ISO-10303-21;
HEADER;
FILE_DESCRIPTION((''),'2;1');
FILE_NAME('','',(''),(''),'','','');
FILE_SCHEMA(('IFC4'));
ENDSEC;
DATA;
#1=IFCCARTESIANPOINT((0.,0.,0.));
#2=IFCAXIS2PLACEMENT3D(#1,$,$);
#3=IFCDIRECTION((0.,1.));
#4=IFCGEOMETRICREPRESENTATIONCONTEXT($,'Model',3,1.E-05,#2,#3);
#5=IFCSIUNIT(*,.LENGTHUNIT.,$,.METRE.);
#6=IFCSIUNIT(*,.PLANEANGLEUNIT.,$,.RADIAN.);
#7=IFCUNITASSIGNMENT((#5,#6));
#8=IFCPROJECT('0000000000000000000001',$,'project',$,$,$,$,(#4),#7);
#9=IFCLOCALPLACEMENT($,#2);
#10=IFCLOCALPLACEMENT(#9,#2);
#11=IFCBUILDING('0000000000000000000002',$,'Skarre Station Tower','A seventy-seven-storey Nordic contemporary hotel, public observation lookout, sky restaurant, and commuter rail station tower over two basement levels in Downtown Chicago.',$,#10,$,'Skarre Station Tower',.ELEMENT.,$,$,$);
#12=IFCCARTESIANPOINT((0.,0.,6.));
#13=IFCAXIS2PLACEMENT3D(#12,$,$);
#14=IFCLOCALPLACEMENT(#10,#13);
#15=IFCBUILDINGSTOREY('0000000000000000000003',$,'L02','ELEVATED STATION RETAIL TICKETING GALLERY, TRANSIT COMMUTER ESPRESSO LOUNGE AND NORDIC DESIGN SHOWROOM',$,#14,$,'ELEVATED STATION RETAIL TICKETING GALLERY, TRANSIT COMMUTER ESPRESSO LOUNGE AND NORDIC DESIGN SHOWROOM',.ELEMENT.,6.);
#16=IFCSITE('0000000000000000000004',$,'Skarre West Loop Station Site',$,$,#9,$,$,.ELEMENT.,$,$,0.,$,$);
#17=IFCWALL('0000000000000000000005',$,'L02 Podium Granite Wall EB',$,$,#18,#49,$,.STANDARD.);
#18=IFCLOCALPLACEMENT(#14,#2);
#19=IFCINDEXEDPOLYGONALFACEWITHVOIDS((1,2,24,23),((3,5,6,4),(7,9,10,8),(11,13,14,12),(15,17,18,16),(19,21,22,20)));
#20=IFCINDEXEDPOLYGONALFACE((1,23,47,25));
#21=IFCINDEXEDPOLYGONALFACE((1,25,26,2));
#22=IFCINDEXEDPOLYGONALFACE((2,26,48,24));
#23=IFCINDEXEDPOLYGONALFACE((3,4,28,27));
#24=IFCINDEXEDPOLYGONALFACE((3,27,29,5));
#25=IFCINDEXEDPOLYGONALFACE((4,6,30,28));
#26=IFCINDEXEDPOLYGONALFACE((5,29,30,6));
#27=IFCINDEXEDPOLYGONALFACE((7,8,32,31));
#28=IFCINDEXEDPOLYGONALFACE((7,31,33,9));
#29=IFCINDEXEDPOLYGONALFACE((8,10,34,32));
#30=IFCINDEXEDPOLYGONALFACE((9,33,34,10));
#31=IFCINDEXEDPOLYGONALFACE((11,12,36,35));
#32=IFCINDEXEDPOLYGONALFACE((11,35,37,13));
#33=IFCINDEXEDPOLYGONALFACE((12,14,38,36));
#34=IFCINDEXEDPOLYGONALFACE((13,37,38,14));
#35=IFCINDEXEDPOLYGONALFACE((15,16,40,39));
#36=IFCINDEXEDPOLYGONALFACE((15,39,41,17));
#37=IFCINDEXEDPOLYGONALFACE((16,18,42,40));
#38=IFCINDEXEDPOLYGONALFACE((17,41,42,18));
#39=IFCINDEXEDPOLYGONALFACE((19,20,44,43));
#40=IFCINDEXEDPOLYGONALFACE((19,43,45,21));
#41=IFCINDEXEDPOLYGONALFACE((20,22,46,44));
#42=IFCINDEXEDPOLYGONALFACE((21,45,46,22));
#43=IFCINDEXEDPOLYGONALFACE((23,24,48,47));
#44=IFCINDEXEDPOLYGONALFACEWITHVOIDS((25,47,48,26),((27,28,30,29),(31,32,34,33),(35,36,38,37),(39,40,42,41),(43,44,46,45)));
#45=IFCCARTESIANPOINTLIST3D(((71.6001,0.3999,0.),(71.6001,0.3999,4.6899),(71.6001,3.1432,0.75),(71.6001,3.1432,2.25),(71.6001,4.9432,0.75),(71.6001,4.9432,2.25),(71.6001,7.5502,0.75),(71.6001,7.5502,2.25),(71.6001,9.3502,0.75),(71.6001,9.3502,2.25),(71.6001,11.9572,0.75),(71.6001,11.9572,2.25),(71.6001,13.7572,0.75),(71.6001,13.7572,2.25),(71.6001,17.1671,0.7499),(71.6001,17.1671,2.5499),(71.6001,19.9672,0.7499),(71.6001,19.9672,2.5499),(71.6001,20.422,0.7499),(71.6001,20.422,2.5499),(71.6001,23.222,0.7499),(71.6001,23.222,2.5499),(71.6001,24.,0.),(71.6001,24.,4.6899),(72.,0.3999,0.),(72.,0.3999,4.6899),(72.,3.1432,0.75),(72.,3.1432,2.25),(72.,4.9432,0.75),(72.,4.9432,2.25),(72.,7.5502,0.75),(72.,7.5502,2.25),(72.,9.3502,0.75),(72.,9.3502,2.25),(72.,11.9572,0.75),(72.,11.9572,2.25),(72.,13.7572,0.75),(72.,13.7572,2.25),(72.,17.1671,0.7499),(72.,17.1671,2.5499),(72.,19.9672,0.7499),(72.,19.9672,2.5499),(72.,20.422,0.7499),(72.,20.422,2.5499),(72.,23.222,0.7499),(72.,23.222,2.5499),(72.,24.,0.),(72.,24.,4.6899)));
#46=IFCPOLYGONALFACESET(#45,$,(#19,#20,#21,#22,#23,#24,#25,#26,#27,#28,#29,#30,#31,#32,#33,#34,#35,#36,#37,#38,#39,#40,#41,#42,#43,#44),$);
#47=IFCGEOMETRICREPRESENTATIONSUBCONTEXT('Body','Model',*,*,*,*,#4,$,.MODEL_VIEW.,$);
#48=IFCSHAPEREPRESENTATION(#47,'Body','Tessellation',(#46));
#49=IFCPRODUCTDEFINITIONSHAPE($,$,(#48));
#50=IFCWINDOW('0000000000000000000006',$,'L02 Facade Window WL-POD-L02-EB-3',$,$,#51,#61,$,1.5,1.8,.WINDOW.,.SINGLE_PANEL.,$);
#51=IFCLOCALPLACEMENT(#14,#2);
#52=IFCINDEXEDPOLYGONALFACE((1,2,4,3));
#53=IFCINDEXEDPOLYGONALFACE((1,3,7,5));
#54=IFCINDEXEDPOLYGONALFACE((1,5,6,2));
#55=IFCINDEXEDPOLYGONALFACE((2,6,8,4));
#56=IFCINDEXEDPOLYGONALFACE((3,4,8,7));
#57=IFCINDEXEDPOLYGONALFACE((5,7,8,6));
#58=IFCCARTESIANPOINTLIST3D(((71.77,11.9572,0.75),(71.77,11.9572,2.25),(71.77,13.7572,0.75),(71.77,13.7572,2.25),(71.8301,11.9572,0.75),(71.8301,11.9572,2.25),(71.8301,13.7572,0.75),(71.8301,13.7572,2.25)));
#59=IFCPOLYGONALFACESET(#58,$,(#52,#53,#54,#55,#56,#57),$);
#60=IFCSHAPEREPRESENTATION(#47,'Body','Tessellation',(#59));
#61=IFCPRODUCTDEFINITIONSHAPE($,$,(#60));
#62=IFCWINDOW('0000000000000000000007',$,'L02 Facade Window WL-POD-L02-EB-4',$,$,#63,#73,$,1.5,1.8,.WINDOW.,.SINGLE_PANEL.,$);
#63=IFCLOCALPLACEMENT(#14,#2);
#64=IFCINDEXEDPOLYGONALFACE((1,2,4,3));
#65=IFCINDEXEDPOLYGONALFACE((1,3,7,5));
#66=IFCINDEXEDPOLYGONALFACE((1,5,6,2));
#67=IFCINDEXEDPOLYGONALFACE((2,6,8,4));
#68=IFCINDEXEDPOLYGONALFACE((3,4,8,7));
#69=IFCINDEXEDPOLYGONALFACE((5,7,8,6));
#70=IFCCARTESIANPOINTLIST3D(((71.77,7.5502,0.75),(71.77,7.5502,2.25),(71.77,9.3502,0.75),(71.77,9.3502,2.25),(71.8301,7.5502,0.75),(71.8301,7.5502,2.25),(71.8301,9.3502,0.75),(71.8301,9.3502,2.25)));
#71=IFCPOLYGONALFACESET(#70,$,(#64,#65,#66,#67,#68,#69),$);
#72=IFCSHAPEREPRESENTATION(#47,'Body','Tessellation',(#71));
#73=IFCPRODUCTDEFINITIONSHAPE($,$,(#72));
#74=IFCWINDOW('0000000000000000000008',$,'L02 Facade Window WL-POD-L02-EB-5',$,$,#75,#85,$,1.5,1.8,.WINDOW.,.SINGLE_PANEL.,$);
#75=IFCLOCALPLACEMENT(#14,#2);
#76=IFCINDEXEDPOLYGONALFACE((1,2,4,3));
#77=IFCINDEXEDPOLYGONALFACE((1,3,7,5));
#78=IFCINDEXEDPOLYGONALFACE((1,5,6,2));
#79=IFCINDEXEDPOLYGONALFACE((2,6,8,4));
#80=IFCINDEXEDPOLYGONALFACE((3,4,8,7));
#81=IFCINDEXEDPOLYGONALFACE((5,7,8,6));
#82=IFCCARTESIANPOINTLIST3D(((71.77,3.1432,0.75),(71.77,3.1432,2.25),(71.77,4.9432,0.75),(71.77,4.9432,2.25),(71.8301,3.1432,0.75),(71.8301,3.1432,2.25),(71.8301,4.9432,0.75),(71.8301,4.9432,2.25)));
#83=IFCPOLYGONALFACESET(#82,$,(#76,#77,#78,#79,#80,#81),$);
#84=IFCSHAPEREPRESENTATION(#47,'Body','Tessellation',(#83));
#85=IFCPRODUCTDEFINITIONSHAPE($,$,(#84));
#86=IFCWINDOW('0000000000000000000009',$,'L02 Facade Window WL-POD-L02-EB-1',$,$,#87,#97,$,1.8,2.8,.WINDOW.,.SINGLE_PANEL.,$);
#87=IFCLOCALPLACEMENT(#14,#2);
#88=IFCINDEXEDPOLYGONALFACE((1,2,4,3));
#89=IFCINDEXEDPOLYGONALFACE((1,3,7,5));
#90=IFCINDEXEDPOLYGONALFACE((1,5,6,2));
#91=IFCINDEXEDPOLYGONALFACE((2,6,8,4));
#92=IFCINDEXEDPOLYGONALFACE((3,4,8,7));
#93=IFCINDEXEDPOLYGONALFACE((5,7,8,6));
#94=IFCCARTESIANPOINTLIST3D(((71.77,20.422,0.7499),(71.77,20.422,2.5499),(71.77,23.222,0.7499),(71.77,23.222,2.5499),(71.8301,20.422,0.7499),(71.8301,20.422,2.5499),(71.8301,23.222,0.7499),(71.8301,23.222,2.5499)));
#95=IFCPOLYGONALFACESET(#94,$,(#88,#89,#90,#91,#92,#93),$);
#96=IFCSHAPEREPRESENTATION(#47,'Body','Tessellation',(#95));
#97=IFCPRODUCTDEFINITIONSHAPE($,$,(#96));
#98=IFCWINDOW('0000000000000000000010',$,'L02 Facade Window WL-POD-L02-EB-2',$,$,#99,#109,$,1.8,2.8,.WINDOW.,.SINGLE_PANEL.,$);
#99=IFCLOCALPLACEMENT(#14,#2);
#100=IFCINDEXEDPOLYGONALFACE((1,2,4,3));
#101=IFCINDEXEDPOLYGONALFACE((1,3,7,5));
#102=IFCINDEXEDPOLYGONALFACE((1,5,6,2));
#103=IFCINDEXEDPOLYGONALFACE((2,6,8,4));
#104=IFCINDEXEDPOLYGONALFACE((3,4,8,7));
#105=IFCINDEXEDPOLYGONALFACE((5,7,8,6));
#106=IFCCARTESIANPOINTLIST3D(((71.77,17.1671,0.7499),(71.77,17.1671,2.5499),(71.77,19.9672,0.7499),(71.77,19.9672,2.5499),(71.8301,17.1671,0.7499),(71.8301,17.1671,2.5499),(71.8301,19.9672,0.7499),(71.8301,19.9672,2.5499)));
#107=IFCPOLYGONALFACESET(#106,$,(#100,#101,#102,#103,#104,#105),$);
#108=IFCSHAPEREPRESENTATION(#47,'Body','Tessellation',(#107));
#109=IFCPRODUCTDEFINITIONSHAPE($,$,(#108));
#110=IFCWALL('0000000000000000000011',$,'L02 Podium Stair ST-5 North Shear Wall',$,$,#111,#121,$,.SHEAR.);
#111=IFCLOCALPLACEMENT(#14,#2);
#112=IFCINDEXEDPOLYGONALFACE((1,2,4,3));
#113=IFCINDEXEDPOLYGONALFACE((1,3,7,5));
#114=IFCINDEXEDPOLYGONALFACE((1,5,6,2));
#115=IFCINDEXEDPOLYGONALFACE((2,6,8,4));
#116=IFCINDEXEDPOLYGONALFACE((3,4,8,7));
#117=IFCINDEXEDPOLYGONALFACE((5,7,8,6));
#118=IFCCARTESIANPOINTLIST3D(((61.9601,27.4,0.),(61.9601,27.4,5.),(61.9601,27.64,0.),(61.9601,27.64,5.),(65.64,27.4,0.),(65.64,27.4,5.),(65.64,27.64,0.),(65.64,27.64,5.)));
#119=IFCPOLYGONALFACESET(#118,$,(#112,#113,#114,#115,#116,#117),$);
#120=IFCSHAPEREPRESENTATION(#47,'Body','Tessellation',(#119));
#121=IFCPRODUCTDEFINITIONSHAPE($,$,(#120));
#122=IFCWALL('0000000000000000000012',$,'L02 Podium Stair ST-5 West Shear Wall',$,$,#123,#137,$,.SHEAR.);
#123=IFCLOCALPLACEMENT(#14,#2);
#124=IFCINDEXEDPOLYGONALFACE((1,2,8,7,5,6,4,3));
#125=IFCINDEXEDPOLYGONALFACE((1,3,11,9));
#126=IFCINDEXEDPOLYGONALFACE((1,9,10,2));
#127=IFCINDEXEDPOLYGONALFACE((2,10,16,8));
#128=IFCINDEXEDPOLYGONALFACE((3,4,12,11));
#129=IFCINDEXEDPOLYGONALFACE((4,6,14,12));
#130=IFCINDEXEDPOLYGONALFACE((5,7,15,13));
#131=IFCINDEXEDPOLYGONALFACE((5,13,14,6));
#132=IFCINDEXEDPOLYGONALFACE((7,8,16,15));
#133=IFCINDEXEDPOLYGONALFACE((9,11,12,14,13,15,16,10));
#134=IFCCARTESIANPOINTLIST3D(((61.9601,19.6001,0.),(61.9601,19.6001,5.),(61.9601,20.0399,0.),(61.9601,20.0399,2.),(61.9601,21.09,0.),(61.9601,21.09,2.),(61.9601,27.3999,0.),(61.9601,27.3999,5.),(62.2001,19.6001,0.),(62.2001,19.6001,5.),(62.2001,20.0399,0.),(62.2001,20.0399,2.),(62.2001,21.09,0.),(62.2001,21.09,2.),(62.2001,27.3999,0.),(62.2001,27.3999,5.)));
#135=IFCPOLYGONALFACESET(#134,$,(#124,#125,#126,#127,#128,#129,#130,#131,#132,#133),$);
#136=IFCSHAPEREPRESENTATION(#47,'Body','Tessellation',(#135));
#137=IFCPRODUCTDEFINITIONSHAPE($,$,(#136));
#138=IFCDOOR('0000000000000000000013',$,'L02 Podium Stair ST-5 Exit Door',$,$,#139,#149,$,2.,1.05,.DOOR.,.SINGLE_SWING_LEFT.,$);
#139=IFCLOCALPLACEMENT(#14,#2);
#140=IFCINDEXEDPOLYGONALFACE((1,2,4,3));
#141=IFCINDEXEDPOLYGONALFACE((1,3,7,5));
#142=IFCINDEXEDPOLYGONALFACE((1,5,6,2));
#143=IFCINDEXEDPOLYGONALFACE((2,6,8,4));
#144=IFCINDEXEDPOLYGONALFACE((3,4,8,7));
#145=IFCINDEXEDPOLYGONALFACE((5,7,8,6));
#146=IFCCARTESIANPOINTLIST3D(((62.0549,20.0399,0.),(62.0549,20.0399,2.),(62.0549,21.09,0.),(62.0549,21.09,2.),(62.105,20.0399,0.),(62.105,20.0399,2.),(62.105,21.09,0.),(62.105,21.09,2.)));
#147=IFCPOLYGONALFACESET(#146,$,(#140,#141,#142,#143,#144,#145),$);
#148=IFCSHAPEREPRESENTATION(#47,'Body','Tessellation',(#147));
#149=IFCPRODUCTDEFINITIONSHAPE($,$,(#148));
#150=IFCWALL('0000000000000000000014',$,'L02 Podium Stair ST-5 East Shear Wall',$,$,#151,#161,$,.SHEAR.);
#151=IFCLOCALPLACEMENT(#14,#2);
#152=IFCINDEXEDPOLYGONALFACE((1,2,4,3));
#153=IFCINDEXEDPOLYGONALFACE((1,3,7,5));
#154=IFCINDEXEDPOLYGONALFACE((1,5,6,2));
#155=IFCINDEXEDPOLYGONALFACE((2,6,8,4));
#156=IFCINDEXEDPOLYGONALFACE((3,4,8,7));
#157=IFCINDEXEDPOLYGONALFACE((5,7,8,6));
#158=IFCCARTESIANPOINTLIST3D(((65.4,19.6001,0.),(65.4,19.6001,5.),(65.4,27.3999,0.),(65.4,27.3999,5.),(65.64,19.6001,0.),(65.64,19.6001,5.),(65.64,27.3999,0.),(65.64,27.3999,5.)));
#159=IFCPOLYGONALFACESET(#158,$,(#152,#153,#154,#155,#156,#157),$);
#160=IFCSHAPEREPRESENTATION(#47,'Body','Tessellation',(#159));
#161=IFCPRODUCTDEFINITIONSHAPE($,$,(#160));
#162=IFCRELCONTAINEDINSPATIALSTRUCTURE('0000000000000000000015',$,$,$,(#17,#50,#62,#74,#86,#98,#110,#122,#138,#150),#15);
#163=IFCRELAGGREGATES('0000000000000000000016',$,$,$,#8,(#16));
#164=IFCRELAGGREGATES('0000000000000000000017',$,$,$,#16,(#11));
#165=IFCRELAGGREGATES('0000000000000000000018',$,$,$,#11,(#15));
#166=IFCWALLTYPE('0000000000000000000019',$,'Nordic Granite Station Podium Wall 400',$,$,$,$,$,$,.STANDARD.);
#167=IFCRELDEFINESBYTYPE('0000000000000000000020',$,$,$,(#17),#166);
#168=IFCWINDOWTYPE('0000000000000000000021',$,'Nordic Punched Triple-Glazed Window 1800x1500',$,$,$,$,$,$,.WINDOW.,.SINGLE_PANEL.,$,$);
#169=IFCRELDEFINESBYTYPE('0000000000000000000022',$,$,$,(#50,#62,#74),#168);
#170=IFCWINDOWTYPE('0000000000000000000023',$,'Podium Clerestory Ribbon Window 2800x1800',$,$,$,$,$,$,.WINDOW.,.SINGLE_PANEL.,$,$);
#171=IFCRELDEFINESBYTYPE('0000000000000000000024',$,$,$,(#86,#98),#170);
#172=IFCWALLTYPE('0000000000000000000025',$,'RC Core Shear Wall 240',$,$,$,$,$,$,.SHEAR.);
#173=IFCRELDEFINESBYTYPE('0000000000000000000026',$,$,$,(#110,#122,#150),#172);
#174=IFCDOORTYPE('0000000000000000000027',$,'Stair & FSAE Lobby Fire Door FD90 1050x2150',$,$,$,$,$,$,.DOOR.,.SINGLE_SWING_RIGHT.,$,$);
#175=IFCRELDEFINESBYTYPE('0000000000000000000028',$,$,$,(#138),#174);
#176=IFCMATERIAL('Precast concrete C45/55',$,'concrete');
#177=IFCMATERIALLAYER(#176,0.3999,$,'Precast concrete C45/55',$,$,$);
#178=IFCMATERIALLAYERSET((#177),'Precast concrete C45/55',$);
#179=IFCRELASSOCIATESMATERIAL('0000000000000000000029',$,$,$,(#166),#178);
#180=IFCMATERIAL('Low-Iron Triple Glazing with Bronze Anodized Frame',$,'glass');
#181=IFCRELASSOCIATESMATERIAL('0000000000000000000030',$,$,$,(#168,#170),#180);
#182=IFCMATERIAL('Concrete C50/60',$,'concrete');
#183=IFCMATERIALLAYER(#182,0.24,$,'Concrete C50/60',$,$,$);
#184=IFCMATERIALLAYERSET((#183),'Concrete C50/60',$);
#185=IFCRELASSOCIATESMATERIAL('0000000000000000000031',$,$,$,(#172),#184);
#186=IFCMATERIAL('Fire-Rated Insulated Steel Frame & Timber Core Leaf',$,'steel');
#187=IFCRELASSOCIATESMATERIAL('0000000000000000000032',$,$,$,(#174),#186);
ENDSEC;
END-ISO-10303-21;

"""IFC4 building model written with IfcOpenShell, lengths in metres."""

from ifc_helpers import new_model, si_unit, direction, frame, frame_2d, origin, place, context, subcontext, project, spatial, rectangle, extrude, material, layer, layer_set, type_object, element, fill, save


model = new_model("IFC4")

# Units and contexts
model_context = context("Model", 3, precision=1e-05, world=origin(), true_north=direction((0.0, 1.0)))
body_context = subcontext(model_context, "Body", "Model", "MODEL_VIEW")
ifc_project = project(units=[si_unit("LENGTHUNIT", "METRE"), si_unit("PLANEANGLEUNIT", "RADIAN")], contexts=[model_context])

# Site, building, storey
site_placement = place(None, origin())
site = spatial("IfcSite", under=ifc_project, at=site_placement, Name="Skarre West Loop Station Site", CompositionType="ELEMENT", RefElevation=0.0)
building_placement = place(site_placement, origin())
building = spatial("IfcBuilding", under=site, at=building_placement, Name="Skarre Station Tower", Description="A seventy-seven-storey Nordic contemporary hotel, public observation lookout, sky restaurant, and commuter rail station tower over two basement levels in Downtown Chicago.", LongName="Skarre Station Tower", CompositionType="ELEMENT")
storey_placement = place(building_placement, frame((0.0, 0.0, 6.0)))
storey = spatial("IfcBuildingStorey", under=building, at=storey_placement, Name="L02", Description="ELEVATED STATION RETAIL TICKETING GALLERY, TRANSIT COMMUTER ESPRESSO LOUNGE AND NORDIC DESIGN SHOWROOM", LongName="ELEVATED STATION RETAIL TICKETING GALLERY, TRANSIT COMMUTER ESPRESSO LOUNGE AND NORDIC DESIGN SHOWROOM", CompositionType="ELEMENT", Elevation=6.0)

# Wall, openings, windows
ifc_material_1 = material(Name="Precast concrete C45/55", Category="concrete")
ifc_layer_1 = layer(ifc_material_1, 0.3999, Name="Precast concrete C45/55")
ifc_layer_set_1 = layer_set([ifc_layer_1], Name="Precast concrete C45/55")
wall_type_1 = type_object("IfcWallType", Name="Nordic Granite Station Podium Wall 400", PredefinedType="STANDARD", material=ifc_layer_set_1)
wall_1_placement = place(storey_placement, frame((71.8, 24.0, 0.0), z_axis=(0.0, 0.0, 1.0), x_axis=(0.0, -1.0, 0.0)))
wall_1 = element("IfcWall", 1, at=wall_1_placement, inside=storey, type_object=wall_type_1, Name="L02 Podium Granite Wall EB", PredefinedType="STANDARD", context=body_context, shape_type="SweptSolid", body=[
    extrude(rectangle(XDim=23.6001, YDim=0.3999, at=frame_2d((11.8, 0.0))), origin(), (0.0, 0.0, 1.0), 4.6899),
])
opening_1_placement = place(wall_1_placement, frame((0.7781, 0.0, 0.75)))
opening_1 = element("IfcOpeningElement", 2, at=opening_1_placement, cuts=wall_1, PredefinedType="OPENING", context=body_context, shape_type="SweptSolid", body=[
    extrude(rectangle(XDim=2.8, YDim=1.8, at=frame_2d((1.3999, 0.8999))), frame((0.0, 0.21, 0.0), z_axis=(0.0, -1.0, 0.0), x_axis=(1.0, 0.0, 0.0)), (0.0, 0.0, 1.0), 0.4199),
])
opening_2_placement = place(wall_1_placement, frame((4.033, 0.0, 0.75)))
opening_2 = element("IfcOpeningElement", 3, at=opening_2_placement, cuts=wall_1, PredefinedType="OPENING", context=body_context, shape_type="SweptSolid", body=[
    extrude(rectangle(XDim=2.8, YDim=1.8, at=frame_2d((1.3999, 0.8999))), frame((0.0, 0.21, 0.0), z_axis=(0.0, -1.0, 0.0), x_axis=(1.0, 0.0, 0.0)), (0.0, 0.0, 1.0), 0.4199),
])
opening_3_placement = place(wall_1_placement, frame((10.2429, 0.0, 0.75)))
opening_3 = element("IfcOpeningElement", 4, at=opening_3_placement, cuts=wall_1, PredefinedType="OPENING", context=body_context, shape_type="SweptSolid", body=[
    extrude(rectangle(XDim=1.8, YDim=1.5, at=frame_2d((0.8999, 0.75))), frame((0.0, 0.21, 0.0), z_axis=(0.0, -1.0, 0.0), x_axis=(1.0, 0.0, 0.0)), (0.0, 0.0, 1.0), 0.4199),
])
opening_4_placement = place(wall_1_placement, frame((14.6499, 0.0, 0.75)))
opening_4 = element("IfcOpeningElement", 5, at=opening_4_placement, cuts=wall_1, PredefinedType="OPENING", context=body_context, shape_type="SweptSolid", body=[
    extrude(rectangle(XDim=1.8, YDim=1.5, at=frame_2d((0.8999, 0.75))), frame((0.0, 0.21, 0.0), z_axis=(0.0, -1.0, 0.0), x_axis=(1.0, 0.0, 0.0)), (0.0, 0.0, 1.0), 0.4199),
])
opening_5_placement = place(wall_1_placement, frame((19.0569, 0.0, 0.75)))
opening_5 = element("IfcOpeningElement", 6, at=opening_5_placement, cuts=wall_1, PredefinedType="OPENING", context=body_context, shape_type="SweptSolid", body=[
    extrude(rectangle(XDim=1.8, YDim=1.5, at=frame_2d((0.8999, 0.75))), frame((0.0, 0.21, 0.0), z_axis=(0.0, -1.0, 0.0), x_axis=(1.0, 0.0, 0.0)), (0.0, 0.0, 1.0), 0.4199),
])
ifc_material_2 = material(Name="Low-Iron Triple Glazing with Bronze Anodized Frame", Category="glass")
window_type_1 = type_object("IfcWindowType", Name="Nordic Punched Triple-Glazed Window 1800x1500", PartitioningType="SINGLE_PANEL", PredefinedType="WINDOW", material=ifc_material_2)
window_1_placement = place(opening_3_placement, origin())
window_1 = element("IfcWindow", 7, at=window_1_placement, inside=storey, type_object=window_type_1, Name="L02 Facade Window WL-POD-L02-EB-3", OverallHeight=1.5, OverallWidth=1.8, PartitioningType="SINGLE_PANEL", PredefinedType="WINDOW", context=body_context, shape_type="SweptSolid", body=[
    extrude(rectangle(XDim=1.8, YDim=1.5, at=frame_2d((0.8999, 0.75))), frame((0.0, 0.03, 0.0), z_axis=(0.0, -1.0, 0.0), x_axis=(1.0, 0.0, 0.0)), (0.0, 0.0, 1.0), 0.0601),
])
fill(opening_3, window_1)
window_2_placement = place(opening_4_placement, origin())
window_2 = element("IfcWindow", 8, at=window_2_placement, inside=storey, type_object=window_type_1, Name="L02 Facade Window WL-POD-L02-EB-4", OverallHeight=1.5, OverallWidth=1.8, PartitioningType="SINGLE_PANEL", PredefinedType="WINDOW", context=body_context, shape_type="SweptSolid", body=[
    extrude(rectangle(XDim=1.8, YDim=1.5, at=frame_2d((0.8999, 0.75))), frame((0.0, 0.03, 0.0), z_axis=(0.0, -1.0, 0.0), x_axis=(1.0, 0.0, 0.0)), (0.0, 0.0, 1.0), 0.0601),
])
fill(opening_4, window_2)
window_3_placement = place(opening_5_placement, origin())
window_3 = element("IfcWindow", 9, at=window_3_placement, inside=storey, type_object=window_type_1, Name="L02 Facade Window WL-POD-L02-EB-5", OverallHeight=1.5, OverallWidth=1.8, PartitioningType="SINGLE_PANEL", PredefinedType="WINDOW", context=body_context, shape_type="SweptSolid", body=[
    extrude(rectangle(XDim=1.8, YDim=1.5, at=frame_2d((0.8999, 0.75))), frame((0.0, 0.03, 0.0), z_axis=(0.0, -1.0, 0.0), x_axis=(1.0, 0.0, 0.0)), (0.0, 0.0, 1.0), 0.0601),
])
fill(opening_5, window_3)
window_type_2 = type_object("IfcWindowType", Name="Podium Clerestory Ribbon Window 2800x1800", PartitioningType="SINGLE_PANEL", PredefinedType="WINDOW", material=ifc_material_2)
window_4_placement = place(opening_1_placement, origin())
window_4 = element("IfcWindow", 10, at=window_4_placement, inside=storey, type_object=window_type_2, Name="L02 Facade Window WL-POD-L02-EB-1", OverallHeight=1.8, OverallWidth=2.8, PartitioningType="SINGLE_PANEL", PredefinedType="WINDOW", context=body_context, shape_type="SweptSolid", body=[
    extrude(rectangle(XDim=2.8, YDim=1.8, at=frame_2d((1.3999, 0.8999))), frame((0.0, 0.03, 0.0), z_axis=(0.0, -1.0, 0.0), x_axis=(1.0, 0.0, 0.0)), (0.0, 0.0, 1.0), 0.0601),
])
fill(opening_1, window_4)
window_5_placement = place(opening_2_placement, origin())
window_5 = element("IfcWindow", 11, at=window_5_placement, inside=storey, type_object=window_type_2, Name="L02 Facade Window WL-POD-L02-EB-2", OverallHeight=1.8, OverallWidth=2.8, PartitioningType="SINGLE_PANEL", PredefinedType="WINDOW", context=body_context, shape_type="SweptSolid", body=[
    extrude(rectangle(XDim=2.8, YDim=1.8, at=frame_2d((1.3999, 0.8999))), frame((0.0, 0.03, 0.0), z_axis=(0.0, -1.0, 0.0), x_axis=(1.0, 0.0, 0.0)), (0.0, 0.0, 1.0), 0.0601),
])
fill(opening_2, window_5)

# Wall
ifc_material_3 = material(Name="Concrete C50/60", Category="concrete")
ifc_layer_2 = layer(ifc_material_3, 0.24, Name="Concrete C50/60")
ifc_layer_set_2 = layer_set([ifc_layer_2], Name="Concrete C50/60")
wall_type_2 = type_object("IfcWallType", Name="RC Core Shear Wall 240", PredefinedType="SHEAR", material=ifc_layer_set_2)
wall_2_placement = place(storey_placement, frame((65.6399, 27.52, 0.0), z_axis=(0.0, 0.0, 1.0), x_axis=(-1.0, 0.0, 0.0)))
element("IfcWall", 12, at=wall_2_placement, inside=storey, type_object=wall_type_2, Name="L02 Podium Stair ST-5 North Shear Wall", PredefinedType="SHEAR", context=body_context, shape_type="SweptSolid", body=[
    extrude(rectangle(XDim=3.6799, YDim=0.24, at=frame_2d((1.8398, 0.0))), origin(), (0.0, 0.0, 1.0), 5.0),
])

# Wall, opening, door
wall_3_placement = place(storey_placement, frame((62.0801, 27.3999, 0.0), z_axis=(0.0, 0.0, 1.0), x_axis=(0.0, -1.0, 0.0)))
wall_3 = element("IfcWall", 13, at=wall_3_placement, inside=storey, type_object=wall_type_2, Name="L02 Podium Stair ST-5 West Shear Wall", PredefinedType="SHEAR", context=body_context, shape_type="SweptSolid", body=[
    extrude(rectangle(XDim=7.7998, YDim=0.24, at=frame_2d((3.8999, 0.0))), origin(), (0.0, 0.0, 1.0), 5.0),
])
opening_6_placement = place(wall_3_placement, frame((6.3101, 0.0, 0.0)))
opening_6 = element("IfcOpeningElement", 14, at=opening_6_placement, cuts=wall_3, PredefinedType="OPENING", context=body_context, shape_type="SweptSolid", body=[
    extrude(rectangle(XDim=1.05, YDim=2.0, at=frame_2d((0.5249, 1.0))), frame((0.0, 0.1299, 0.0), z_axis=(0.0, -1.0, 0.0), x_axis=(1.0, 0.0, 0.0)), (0.0, 0.0, 1.0), 0.26),
])
ifc_material_4 = material(Name="Fire-Rated Insulated Steel Frame & Timber Core Leaf", Category="steel")
door_type = type_object("IfcDoorType", Name="Stair & FSAE Lobby Fire Door FD90 1050x2150", OperationType="SINGLE_SWING_RIGHT", PredefinedType="DOOR", material=ifc_material_4)
door_placement = place(opening_6_placement, origin())
door = element("IfcDoor", 15, at=door_placement, inside=storey, type_object=door_type, Name="L02 Podium Stair ST-5 Exit Door", OperationType="SINGLE_SWING_LEFT", OverallHeight=2.0, OverallWidth=1.05, PredefinedType="DOOR", context=body_context, shape_type="SweptSolid", body=[
    extrude(rectangle(XDim=1.05, YDim=2.0, at=frame_2d((0.5249, 1.0))), frame((0.0, 0.0249, 0.0), z_axis=(0.0, -1.0, 0.0), x_axis=(1.0, 0.0, 0.0)), (0.0, 0.0, 1.0), 0.05),
])
fill(opening_6, door)

# Wall
wall_4_placement = place(storey_placement, frame((65.52, 19.6001, 0.0), z_axis=(0.0, 0.0, 1.0), x_axis=(0.0, 1.0, 0.0)))
element("IfcWall", 16, at=wall_4_placement, inside=storey, type_object=wall_type_2, Name="L02 Podium Stair ST-5 East Shear Wall", PredefinedType="SHEAR", context=body_context, shape_type="SweptSolid", body=[
    extrude(rectangle(XDim=7.7998, YDim=0.24, at=frame_2d((3.8999, 0.0))), origin(), (0.0, 0.0, 1.0), 5.0),
])

save(model, "model.ifc")
